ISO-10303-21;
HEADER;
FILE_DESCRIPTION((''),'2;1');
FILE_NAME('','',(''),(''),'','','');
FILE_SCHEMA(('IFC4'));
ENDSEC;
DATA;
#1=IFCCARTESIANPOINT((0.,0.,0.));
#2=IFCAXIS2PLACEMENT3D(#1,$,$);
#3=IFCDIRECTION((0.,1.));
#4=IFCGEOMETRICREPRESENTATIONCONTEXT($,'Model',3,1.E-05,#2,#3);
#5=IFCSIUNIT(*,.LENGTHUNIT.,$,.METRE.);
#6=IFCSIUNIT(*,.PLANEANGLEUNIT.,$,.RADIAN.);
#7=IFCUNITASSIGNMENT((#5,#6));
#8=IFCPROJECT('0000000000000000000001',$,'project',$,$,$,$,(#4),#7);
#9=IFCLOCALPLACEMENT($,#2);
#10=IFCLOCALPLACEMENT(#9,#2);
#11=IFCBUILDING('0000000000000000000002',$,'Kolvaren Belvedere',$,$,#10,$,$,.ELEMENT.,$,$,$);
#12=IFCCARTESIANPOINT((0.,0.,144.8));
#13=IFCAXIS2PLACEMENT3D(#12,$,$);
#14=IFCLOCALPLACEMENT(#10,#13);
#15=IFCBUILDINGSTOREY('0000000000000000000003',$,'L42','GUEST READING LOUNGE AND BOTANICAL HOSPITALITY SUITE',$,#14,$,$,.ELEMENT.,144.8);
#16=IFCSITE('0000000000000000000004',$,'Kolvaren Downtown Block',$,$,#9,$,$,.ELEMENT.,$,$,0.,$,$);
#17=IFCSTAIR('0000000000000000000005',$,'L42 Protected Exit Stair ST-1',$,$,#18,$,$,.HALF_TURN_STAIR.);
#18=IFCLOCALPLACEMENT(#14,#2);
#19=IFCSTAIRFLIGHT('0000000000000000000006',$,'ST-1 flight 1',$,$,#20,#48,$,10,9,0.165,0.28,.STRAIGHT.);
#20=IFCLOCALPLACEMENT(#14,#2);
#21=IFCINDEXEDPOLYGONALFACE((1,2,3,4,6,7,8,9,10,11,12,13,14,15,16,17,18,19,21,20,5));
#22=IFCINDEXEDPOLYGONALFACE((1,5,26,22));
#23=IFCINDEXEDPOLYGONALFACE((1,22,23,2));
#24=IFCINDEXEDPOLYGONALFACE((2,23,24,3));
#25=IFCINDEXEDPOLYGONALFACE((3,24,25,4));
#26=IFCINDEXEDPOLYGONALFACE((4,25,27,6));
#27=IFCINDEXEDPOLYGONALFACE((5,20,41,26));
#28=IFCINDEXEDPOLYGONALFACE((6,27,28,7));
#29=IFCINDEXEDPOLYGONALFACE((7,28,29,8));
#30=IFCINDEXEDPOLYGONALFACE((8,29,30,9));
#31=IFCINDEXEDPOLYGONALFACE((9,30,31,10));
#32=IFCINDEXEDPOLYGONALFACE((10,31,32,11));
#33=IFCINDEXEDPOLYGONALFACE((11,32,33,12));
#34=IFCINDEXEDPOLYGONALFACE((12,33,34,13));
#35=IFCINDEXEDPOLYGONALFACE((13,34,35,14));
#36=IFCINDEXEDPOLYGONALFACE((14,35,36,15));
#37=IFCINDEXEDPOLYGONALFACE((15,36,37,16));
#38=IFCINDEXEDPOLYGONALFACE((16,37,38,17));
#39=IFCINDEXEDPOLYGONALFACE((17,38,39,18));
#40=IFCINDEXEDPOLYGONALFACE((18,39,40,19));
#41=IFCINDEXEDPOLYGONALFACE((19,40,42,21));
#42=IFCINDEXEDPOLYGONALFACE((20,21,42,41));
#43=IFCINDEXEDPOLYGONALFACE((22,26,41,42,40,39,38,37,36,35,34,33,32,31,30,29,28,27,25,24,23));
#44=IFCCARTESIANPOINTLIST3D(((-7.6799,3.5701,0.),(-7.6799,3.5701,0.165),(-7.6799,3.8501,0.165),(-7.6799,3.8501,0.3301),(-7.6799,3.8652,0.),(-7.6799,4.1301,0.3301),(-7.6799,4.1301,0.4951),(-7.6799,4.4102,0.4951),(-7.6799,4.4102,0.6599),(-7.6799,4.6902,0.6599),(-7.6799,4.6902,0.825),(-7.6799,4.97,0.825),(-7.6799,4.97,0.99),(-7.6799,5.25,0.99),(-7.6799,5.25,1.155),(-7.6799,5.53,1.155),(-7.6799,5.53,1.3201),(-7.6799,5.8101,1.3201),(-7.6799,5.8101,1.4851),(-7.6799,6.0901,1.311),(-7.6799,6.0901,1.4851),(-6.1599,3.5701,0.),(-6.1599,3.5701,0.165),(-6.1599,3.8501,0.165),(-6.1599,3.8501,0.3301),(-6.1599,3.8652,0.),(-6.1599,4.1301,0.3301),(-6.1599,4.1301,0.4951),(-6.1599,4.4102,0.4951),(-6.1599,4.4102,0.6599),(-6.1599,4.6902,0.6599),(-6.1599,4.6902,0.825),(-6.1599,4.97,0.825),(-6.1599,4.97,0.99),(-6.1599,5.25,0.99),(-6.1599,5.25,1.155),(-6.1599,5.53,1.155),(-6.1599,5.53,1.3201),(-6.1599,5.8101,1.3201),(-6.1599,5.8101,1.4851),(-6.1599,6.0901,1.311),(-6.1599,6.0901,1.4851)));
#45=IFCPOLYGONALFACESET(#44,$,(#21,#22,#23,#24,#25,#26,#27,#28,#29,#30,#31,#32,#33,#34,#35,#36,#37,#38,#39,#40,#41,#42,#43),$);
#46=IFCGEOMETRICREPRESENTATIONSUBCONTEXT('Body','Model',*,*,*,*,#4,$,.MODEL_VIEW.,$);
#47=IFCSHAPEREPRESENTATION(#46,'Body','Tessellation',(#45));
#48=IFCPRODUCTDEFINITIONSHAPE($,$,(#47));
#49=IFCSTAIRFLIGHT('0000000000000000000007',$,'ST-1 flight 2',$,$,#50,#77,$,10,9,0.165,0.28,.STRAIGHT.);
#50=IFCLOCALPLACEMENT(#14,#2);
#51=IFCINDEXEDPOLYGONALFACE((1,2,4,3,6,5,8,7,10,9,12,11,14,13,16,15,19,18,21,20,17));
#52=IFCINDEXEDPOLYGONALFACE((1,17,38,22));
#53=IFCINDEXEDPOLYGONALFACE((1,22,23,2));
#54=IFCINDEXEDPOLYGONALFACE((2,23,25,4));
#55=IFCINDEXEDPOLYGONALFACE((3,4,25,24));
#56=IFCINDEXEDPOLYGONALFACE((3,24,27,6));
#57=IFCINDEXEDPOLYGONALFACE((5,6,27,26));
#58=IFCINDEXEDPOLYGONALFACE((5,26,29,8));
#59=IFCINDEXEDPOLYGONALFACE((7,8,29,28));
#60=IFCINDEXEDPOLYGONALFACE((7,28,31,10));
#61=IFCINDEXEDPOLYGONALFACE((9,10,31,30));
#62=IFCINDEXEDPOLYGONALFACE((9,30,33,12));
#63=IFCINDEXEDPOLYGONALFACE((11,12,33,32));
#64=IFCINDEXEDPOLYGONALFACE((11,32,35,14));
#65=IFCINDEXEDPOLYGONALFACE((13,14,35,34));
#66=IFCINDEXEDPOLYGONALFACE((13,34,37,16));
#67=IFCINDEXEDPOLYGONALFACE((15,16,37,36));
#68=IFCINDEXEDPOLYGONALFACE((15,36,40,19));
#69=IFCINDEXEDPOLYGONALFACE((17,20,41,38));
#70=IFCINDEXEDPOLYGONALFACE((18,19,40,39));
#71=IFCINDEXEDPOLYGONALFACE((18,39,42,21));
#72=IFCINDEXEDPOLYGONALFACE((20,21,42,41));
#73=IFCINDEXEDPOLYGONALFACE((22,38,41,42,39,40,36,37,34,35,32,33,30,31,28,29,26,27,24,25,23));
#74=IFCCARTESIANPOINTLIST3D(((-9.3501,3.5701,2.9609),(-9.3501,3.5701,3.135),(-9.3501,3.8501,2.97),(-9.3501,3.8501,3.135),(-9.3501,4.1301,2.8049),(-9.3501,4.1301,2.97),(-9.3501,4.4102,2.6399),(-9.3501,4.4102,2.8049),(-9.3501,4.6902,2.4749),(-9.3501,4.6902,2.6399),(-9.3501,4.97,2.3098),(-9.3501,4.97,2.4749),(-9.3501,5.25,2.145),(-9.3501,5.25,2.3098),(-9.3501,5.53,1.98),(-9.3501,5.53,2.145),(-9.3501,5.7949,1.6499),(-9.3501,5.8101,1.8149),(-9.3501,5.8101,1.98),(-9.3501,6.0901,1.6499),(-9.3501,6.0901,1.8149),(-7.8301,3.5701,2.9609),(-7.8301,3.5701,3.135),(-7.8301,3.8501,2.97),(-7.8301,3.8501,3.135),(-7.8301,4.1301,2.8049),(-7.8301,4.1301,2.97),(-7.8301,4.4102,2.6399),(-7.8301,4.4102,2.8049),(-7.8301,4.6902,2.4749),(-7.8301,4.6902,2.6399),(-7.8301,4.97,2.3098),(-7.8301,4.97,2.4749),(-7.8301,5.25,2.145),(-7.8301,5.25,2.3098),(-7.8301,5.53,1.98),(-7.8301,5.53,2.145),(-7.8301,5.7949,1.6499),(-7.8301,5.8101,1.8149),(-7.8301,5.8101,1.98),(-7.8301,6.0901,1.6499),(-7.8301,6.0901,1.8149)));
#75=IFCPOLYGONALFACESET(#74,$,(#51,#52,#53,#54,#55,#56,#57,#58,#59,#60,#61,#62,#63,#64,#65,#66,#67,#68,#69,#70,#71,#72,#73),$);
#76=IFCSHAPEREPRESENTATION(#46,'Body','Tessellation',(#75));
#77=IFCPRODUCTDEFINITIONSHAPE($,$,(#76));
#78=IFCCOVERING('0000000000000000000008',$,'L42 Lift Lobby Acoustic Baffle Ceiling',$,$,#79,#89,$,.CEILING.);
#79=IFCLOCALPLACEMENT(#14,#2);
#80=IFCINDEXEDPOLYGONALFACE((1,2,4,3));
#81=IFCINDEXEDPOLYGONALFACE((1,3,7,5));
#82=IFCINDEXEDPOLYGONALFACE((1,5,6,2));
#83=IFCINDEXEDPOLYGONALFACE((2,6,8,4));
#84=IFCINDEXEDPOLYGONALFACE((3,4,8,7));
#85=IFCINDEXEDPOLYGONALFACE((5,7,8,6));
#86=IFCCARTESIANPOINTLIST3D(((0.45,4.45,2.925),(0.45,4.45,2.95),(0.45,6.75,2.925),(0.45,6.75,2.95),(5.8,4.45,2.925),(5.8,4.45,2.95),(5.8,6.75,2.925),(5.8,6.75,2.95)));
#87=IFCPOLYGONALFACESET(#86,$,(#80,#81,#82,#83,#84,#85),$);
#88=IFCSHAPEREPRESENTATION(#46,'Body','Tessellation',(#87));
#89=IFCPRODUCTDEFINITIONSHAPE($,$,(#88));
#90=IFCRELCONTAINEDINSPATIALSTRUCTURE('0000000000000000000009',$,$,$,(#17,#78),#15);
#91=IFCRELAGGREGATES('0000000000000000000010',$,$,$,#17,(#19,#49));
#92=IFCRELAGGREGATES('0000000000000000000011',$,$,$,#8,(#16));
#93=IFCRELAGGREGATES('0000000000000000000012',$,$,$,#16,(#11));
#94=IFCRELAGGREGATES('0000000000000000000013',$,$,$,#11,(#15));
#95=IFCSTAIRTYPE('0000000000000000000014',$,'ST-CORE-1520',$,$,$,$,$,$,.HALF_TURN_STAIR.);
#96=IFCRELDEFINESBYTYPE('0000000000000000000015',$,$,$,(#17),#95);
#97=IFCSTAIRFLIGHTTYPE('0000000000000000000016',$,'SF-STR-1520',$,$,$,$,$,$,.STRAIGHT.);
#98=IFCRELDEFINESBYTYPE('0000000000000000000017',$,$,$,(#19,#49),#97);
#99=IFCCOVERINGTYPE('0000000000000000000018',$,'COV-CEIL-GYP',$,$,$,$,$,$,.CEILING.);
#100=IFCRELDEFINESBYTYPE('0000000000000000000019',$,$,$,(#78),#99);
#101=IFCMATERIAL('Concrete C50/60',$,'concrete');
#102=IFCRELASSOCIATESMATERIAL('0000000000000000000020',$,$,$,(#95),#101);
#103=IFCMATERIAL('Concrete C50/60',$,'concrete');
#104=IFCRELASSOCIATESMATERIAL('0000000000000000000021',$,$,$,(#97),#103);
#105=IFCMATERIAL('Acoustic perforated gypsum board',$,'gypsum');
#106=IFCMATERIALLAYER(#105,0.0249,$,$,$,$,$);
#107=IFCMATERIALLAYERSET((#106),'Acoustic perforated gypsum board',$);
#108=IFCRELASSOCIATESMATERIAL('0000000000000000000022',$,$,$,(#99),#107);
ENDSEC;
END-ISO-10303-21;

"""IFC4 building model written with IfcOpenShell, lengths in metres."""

from ifc_helpers import new_model, si_unit, direction, frame, origin, place, context, subcontext, project, spatial, polyline, outline, extrude, material, layer, layer_set, type_object, element, aggregate, save


model = new_model("IFC4")

# Units and contexts
model_context = context("Model", 3, precision=1e-05, world=origin(), true_north=direction((0.0, 1.0)))
body_context = subcontext(model_context, "Body", "Model", "MODEL_VIEW")
ifc_project = project(units=[si_unit("LENGTHUNIT", "METRE"), si_unit("PLANEANGLEUNIT", "RADIAN")], contexts=[model_context])

# Site, building, storey
site_placement = place(None, origin())
site = spatial("IfcSite", under=ifc_project, at=site_placement, Name="Kolvaren Downtown Block", CompositionType="ELEMENT", RefElevation=0.0)
building_placement = place(site_placement, origin())
building = spatial("IfcBuilding", under=site, at=building_placement, Name="Kolvaren Belvedere", CompositionType="ELEMENT")
storey_placement = place(building_placement, frame((0.0, 0.0, 144.8)))
storey = spatial("IfcBuildingStorey", under=building, at=storey_placement, Name="L42", Description="GUEST READING LOUNGE AND BOTANICAL HOSPITALITY SUITE", CompositionType="ELEMENT", Elevation=144.8)

# Stair
ifc_material_1 = material(Name="Concrete C50/60", Category="concrete")
stair_type = type_object("IfcStairType", Name="ST-CORE-1520", PredefinedType="HALF_TURN_STAIR", material=ifc_material_1)
stair_1_placement = place(storey_placement, origin())
stair_1 = element("IfcStair", 1, at=stair_1_placement, inside=storey, type_object=stair_type, Name="L42 Protected Exit Stair ST-1", PredefinedType="HALF_TURN_STAIR")

# Stair flights
ifc_material_2 = material(Name="Concrete C50/60", Category="concrete")
stair_flight_type = type_object("IfcStairFlightType", Name="SF-STR-1520", PredefinedType="STRAIGHT", material=ifc_material_2)
stair_flight_1_placement = place(storey_placement, frame((-6.9199, 3.5701, 0.0), z_axis=(0.0, 0.0, 1.0), x_axis=(0.0, 1.0, 0.0)))
stair_flight_1 = element("IfcStairFlight", 2, at=stair_flight_1_placement, type_object=stair_flight_type, Name="ST-1 flight 1", NumberOfRisers=10, NumberOfTreads=9, PredefinedType="STRAIGHT", RiserHeight=0.165, TreadLength=0.28, context=body_context, shape_type="SweptSolid", body=[
    extrude(outline(polyline([(0.0, 0.0), (0.0, 0.165), (0.28, 0.165), (0.28, 0.3301), (0.5601, 0.3301), (0.5601, 0.4951), (0.8401, 0.4951), (0.8401, 0.6599), (1.1201, 0.6599), (1.1201, 0.825), (1.3999, 0.825), (1.3999, 0.99), (1.6799, 0.99), (1.6799, 1.155), (1.96, 1.155), (1.96, 1.3201), (2.24, 1.3201), (2.24, 1.4851), (2.52, 1.4851), (2.52, 1.6499), (2.52, 1.311), (0.2952, 0.0), (0.0, 0.0)])), frame((0.0, 0.76, 0.0), z_axis=(0.0, -1.0, 0.0), x_axis=(1.0, 0.0, 0.0)), (0.0, 0.0, 1.0), 1.52),
])
stair_flight_2_placement = place(storey_placement, frame((-8.5901, 6.0901, 1.6499), z_axis=(0.0, 0.0, 1.0), x_axis=(0.0, -1.0, 0.0)))
stair_flight_2 = element("IfcStairFlight", 3, at=stair_flight_2_placement, type_object=stair_flight_type, Name="ST-1 flight 2", NumberOfRisers=10, NumberOfTreads=9, PredefinedType="STRAIGHT", RiserHeight=0.165, TreadLength=0.28, context=body_context, shape_type="SweptSolid", body=[
    extrude(outline(polyline([(0.0, 0.0), (0.0, 0.165), (0.28, 0.165), (0.28, 0.3301), (0.5601, 0.3301), (0.5601, 0.4951), (0.8401, 0.4951), (0.8401, 0.6599), (1.1201, 0.6599), (1.1201, 0.825), (1.3999, 0.825), (1.3999, 0.99), (1.6799, 0.99), (1.6799, 1.155), (1.96, 1.155), (1.96, 1.3201), (2.24, 1.3201), (2.24, 1.4851), (2.52, 1.4851), (2.52, 1.6499), (2.52, 1.311), (0.2952, 0.0), (0.0, 0.0)])), frame((0.0, 0.76, 0.0), z_axis=(0.0, -1.0, 0.0), x_axis=(1.0, 0.0, 0.0)), (0.0, 0.0, 1.0), 1.52),
])
aggregate(stair_1, [stair_flight_1, stair_flight_2])

# Covering
ifc_material_3 = material(Name="Acoustic perforated gypsum board", Category="gypsum")
ifc_layer_1 = layer(ifc_material_3, 0.0249)
ifc_layer_set_1 = layer_set([ifc_layer_1], Name="Acoustic perforated gypsum board")
covering_type = type_object("IfcCoveringType", Name="COV-CEIL-GYP", PredefinedType="CEILING", material=ifc_layer_set_1)
covering_placement = place(storey_placement, frame((0.0, 0.0, 2.925)))
element("IfcCovering", 4, at=covering_placement, inside=storey, type_object=covering_type, Name="L42 Lift Lobby Acoustic Baffle Ceiling", PredefinedType="CEILING", context=body_context, shape_type="SweptSolid", body=[
    extrude(outline(polyline([(0.45, 4.45), (5.8, 4.45), (5.8, 6.75), (0.45, 6.75), (0.45, 4.45)])), origin(), (0.0, 0.0, 1.0), 0.0249),
])

save(model, "model.ifc")
